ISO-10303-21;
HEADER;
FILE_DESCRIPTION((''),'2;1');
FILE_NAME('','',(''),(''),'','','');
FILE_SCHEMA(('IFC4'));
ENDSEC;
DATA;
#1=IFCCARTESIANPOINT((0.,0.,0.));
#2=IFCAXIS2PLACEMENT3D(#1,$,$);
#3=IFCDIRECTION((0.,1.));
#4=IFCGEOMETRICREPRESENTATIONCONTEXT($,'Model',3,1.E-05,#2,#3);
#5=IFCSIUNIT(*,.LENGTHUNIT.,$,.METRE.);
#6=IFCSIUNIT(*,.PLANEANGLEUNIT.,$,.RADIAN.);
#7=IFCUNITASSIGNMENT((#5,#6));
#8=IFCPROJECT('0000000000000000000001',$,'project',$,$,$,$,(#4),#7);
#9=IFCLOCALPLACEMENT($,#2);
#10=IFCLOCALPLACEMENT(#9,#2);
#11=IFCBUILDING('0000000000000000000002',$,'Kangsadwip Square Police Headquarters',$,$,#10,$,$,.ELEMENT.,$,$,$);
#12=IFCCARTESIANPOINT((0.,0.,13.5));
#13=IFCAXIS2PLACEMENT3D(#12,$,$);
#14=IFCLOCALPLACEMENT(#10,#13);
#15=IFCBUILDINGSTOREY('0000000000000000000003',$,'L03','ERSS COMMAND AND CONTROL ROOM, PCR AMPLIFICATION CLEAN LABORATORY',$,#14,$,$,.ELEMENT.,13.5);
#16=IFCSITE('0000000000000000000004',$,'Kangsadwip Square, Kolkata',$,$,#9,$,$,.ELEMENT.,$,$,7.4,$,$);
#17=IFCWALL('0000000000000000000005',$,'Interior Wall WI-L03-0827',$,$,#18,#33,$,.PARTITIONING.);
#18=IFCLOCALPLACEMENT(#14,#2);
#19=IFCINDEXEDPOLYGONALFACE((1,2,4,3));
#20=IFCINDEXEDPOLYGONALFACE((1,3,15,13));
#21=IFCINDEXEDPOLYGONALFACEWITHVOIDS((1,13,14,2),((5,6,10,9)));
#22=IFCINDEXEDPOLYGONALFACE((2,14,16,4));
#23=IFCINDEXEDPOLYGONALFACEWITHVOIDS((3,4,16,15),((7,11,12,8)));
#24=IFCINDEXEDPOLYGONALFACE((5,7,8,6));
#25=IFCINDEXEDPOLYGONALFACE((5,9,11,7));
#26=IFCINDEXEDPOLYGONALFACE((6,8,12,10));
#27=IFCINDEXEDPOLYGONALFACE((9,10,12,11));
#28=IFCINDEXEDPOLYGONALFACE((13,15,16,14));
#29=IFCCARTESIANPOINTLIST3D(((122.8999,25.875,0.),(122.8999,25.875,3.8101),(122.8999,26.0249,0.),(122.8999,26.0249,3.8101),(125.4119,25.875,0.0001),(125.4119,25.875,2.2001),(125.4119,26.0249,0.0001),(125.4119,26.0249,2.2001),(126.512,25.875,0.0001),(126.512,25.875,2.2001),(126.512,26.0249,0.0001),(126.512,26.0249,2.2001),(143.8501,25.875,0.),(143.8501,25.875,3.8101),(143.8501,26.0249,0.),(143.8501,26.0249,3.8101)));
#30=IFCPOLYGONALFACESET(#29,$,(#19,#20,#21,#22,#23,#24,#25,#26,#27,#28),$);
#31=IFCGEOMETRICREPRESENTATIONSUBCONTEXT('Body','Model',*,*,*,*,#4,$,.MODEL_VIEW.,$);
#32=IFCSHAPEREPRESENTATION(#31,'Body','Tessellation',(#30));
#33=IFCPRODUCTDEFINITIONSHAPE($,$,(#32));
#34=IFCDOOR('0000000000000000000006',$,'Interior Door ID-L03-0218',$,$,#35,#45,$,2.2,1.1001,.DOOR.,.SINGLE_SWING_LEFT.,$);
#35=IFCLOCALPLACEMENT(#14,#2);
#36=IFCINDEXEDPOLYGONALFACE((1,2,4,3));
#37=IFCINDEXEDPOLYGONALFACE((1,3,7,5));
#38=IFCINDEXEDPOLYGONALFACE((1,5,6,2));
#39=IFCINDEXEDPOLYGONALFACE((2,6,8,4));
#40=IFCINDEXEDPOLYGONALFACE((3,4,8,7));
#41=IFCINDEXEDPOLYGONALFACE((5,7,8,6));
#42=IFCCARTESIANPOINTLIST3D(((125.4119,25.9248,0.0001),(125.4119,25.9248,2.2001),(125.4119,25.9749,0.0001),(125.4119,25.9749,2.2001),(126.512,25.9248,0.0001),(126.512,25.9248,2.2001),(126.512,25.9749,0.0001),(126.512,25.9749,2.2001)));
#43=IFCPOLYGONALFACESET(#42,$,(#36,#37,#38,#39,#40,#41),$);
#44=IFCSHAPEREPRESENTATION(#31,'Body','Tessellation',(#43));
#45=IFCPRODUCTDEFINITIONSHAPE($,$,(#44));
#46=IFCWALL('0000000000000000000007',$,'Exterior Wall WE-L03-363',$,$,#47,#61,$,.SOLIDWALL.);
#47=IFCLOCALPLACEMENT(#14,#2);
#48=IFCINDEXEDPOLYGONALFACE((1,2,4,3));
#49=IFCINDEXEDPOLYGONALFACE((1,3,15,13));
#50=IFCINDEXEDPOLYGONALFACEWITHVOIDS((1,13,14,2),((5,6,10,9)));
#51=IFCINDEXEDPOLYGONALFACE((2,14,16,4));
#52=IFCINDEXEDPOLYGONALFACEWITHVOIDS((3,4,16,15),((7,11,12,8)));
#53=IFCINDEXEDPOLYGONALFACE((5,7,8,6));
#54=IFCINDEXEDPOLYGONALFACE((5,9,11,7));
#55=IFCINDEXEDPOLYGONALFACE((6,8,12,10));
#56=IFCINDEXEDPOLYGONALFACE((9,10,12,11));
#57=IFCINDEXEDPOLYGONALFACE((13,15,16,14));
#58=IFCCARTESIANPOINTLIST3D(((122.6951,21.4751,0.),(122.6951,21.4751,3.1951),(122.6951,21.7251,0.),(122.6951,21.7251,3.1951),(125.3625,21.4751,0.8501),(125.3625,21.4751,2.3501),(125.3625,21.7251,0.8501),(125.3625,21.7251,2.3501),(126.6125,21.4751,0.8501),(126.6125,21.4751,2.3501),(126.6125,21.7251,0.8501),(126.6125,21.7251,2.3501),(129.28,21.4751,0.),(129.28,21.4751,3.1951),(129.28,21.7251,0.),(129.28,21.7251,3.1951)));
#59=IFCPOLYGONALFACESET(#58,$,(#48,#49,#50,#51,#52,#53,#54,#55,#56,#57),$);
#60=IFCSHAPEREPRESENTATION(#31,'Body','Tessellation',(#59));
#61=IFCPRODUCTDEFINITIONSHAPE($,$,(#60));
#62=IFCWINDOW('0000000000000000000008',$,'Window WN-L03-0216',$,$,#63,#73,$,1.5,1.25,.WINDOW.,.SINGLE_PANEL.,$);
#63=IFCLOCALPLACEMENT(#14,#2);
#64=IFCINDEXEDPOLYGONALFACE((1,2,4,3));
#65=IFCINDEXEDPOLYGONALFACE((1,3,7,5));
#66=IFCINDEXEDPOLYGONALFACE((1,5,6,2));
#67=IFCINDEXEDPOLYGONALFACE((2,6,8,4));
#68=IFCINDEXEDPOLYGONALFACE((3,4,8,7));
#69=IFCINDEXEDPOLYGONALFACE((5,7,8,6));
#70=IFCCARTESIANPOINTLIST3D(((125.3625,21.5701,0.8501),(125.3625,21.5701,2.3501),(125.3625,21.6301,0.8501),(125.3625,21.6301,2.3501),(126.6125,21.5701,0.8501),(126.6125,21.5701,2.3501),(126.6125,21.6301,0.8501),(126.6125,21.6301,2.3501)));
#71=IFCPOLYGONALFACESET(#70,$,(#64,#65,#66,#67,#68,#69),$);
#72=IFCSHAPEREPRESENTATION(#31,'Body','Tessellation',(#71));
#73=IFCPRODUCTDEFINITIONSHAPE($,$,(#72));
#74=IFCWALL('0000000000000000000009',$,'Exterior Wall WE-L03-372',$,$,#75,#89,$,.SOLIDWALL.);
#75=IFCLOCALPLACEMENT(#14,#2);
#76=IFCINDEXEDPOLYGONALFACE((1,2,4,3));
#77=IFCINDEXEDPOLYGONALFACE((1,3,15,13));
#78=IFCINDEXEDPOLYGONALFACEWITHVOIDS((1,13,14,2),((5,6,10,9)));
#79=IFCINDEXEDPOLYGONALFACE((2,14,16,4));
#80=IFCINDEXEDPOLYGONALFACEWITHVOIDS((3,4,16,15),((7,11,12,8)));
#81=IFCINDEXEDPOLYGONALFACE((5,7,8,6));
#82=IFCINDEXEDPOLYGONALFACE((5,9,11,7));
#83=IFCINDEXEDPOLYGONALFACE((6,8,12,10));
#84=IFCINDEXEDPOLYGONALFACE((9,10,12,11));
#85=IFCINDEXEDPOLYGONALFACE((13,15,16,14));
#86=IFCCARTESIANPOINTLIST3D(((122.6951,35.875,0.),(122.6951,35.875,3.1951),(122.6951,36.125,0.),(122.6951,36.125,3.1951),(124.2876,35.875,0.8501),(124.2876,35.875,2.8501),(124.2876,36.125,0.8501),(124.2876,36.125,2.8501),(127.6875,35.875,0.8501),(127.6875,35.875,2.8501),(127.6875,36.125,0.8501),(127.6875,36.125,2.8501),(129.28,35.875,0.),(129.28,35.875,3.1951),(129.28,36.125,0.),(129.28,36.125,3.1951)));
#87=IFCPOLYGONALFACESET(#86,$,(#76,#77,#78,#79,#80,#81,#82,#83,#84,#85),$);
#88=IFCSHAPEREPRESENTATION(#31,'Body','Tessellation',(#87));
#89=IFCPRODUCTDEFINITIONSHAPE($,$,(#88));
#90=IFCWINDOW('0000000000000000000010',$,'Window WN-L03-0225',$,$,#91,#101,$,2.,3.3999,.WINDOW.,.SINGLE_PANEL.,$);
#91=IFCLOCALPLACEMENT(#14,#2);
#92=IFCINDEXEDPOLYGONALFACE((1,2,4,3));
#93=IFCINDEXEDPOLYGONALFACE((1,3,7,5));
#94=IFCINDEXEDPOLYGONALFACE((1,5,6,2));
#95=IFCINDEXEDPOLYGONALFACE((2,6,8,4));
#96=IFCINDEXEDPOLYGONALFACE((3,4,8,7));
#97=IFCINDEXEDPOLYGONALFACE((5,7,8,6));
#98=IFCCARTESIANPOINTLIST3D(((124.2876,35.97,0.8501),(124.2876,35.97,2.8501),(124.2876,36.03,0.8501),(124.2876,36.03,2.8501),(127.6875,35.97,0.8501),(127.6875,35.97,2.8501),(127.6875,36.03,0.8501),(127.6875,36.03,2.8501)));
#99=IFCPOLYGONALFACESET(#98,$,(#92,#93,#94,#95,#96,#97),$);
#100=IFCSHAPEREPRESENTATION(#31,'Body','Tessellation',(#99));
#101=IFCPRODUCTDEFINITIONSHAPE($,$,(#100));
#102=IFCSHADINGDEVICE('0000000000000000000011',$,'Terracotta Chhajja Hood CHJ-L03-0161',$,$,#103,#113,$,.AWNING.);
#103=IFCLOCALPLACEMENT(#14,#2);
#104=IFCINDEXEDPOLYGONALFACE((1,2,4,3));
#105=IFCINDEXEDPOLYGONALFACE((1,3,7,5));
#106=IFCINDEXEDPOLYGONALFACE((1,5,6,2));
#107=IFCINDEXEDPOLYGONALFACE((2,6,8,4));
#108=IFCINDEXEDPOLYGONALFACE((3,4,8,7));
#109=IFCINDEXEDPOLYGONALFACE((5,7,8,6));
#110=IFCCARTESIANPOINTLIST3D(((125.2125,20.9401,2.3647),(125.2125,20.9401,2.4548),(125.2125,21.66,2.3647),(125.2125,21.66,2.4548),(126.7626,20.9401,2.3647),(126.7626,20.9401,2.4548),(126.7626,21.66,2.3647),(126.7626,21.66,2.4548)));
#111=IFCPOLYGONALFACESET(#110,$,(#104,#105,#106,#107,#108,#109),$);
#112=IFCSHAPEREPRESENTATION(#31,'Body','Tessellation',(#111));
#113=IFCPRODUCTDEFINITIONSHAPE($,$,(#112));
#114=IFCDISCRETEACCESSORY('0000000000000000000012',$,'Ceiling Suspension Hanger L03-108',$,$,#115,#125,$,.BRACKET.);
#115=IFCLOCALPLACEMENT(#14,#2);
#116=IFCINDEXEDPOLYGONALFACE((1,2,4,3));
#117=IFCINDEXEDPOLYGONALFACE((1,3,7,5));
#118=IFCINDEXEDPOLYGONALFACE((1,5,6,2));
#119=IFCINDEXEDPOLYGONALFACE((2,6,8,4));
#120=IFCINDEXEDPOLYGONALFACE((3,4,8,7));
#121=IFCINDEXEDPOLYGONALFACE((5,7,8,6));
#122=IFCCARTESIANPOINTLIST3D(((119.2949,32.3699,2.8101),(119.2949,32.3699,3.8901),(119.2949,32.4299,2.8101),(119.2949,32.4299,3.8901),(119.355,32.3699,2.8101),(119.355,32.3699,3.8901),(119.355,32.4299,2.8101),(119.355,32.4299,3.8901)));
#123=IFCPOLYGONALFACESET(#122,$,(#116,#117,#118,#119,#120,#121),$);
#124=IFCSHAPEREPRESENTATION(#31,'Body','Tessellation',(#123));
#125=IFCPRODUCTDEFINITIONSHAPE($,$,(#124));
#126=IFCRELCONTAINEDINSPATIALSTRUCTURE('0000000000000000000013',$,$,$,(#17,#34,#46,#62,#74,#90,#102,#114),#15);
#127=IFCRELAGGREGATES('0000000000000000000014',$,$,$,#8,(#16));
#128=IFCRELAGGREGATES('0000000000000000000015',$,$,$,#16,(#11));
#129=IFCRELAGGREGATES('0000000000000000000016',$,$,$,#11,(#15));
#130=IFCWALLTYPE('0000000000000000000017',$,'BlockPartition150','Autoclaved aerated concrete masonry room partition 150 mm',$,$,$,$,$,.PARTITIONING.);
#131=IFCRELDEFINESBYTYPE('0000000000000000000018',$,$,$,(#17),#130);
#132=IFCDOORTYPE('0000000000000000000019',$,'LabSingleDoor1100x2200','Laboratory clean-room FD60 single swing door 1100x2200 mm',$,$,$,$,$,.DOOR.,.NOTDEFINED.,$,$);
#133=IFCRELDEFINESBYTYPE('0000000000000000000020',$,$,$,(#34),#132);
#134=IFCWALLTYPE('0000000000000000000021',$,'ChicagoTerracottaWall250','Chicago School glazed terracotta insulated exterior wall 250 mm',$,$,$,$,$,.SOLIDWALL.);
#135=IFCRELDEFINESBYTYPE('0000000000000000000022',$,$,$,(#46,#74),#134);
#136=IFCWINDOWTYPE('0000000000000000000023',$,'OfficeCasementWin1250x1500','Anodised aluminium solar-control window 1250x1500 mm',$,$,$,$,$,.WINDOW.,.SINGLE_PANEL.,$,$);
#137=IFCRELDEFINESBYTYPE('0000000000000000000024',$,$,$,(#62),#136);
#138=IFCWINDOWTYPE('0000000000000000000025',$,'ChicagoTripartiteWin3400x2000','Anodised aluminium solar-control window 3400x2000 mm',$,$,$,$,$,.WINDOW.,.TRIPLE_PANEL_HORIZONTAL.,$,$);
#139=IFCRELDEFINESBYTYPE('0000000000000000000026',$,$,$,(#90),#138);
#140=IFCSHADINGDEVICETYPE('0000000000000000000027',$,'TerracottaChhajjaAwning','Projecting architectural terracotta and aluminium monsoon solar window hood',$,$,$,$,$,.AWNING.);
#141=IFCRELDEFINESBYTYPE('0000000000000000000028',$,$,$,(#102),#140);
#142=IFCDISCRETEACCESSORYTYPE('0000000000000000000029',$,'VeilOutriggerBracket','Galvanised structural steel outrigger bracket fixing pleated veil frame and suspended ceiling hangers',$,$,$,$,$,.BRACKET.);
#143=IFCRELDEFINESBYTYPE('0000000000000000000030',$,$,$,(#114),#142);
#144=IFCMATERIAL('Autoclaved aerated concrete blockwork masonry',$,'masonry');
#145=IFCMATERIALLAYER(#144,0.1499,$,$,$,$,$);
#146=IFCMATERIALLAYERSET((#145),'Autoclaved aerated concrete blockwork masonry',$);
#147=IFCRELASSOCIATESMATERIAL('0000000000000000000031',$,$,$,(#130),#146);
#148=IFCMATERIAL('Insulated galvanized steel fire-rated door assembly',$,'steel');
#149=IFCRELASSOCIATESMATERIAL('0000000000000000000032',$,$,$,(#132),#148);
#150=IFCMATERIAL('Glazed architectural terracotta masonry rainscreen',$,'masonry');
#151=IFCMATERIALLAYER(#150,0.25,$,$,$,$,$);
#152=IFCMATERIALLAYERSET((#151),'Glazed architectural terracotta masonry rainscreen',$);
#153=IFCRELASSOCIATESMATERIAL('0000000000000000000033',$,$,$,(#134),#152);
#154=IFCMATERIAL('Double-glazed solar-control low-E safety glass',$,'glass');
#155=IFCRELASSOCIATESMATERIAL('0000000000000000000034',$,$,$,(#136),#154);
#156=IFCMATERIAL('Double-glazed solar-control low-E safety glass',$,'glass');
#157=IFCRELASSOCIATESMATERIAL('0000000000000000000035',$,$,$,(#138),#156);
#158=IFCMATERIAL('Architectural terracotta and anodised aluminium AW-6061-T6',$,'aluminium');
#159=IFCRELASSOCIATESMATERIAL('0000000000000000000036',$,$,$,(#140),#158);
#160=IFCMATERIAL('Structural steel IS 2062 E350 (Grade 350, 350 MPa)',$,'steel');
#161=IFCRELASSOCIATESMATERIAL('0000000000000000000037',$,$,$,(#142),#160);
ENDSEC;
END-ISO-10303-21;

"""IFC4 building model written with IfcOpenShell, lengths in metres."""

from ifc_helpers import new_model, si_unit, direction, frame, frame_2d, origin, origin_2d, place, context, subcontext, project, spatial, rectangle, extrude, material, layer, layer_set, type_object, element, fill, save


model = new_model("IFC4")

# Units and contexts
model_context = context("Model", 3, precision=1e-05, world=origin(), true_north=direction((0.0, 1.0)))
body_context = subcontext(model_context, "Body", "Model", "MODEL_VIEW")
ifc_project = project(units=[si_unit("LENGTHUNIT", "METRE"), si_unit("PLANEANGLEUNIT", "RADIAN")], contexts=[model_context])

# Site, building, storey
site_placement = place(None, origin())
site = spatial("IfcSite", under=ifc_project, at=site_placement, Name="Kangsadwip Square, Kolkata", CompositionType="ELEMENT", RefElevation=7.4)
building_placement = place(site_placement, origin())
building = spatial("IfcBuilding", under=site, at=building_placement, Name="Kangsadwip Square Police Headquarters", CompositionType="ELEMENT")
storey_placement = place(building_placement, frame((0.0, 0.0, 13.5)))
storey = spatial("IfcBuildingStorey", under=building, at=storey_placement, Name="L03", Description="ERSS COMMAND AND CONTROL ROOM, PCR AMPLIFICATION CLEAN LABORATORY", CompositionType="ELEMENT", Elevation=13.5)

# Wall, opening, door
ifc_material_1 = material(Name="Autoclaved aerated concrete blockwork masonry", Category="masonry")
ifc_layer_1 = layer(ifc_material_1, 0.1499)
ifc_layer_set_1 = layer_set([ifc_layer_1], Name="Autoclaved aerated concrete blockwork masonry")
wall_type_1 = type_object("IfcWallType", Name="BlockPartition150", Description="Autoclaved aerated concrete masonry room partition 150 mm", PredefinedType="PARTITIONING", material=ifc_layer_set_1)
wall_1_placement = place(storey_placement, frame((122.8999, 25.95, 0.0), z_axis=(0.0, 0.0, 1.0), x_axis=(1.0, 0.0, 0.0)))
wall_1 = element("IfcWall", 1, at=wall_1_placement, inside=storey, type_object=wall_type_1, Name="Interior Wall WI-L03-0827", PredefinedType="PARTITIONING", context=body_context, shape_type="SweptSolid", body=[
    extrude(rectangle(XDim=20.9502, YDim=0.1499, at=frame_2d((10.4751, 0.0))), origin(), (0.0, 0.0, 1.0), 3.8101),
])
opening_1_placement = place(wall_1_placement, frame((2.512, 0.0, 0.0)))
opening_1 = element("IfcOpeningElement", 2, at=opening_1_placement, cuts=wall_1, PredefinedType="OPENING", context=body_context, shape_type="SweptSolid", body=[
    extrude(rectangle(XDim=1.1001, YDim=2.2, at=frame_2d((0.55, 1.1001))), frame((0.0, 0.085, 0.0), z_axis=(0.0, -1.0, 0.0), x_axis=(1.0, 0.0, 0.0)), (0.0, 0.0, 1.0), 0.1699),
])
ifc_material_2 = material(Name="Insulated galvanized steel fire-rated door assembly", Category="steel")
door_type = type_object("IfcDoorType", Name="LabSingleDoor1100x2200", Description="Laboratory clean-room FD60 single swing door 1100x2200 mm", OperationType="NOTDEFINED", PredefinedType="DOOR", material=ifc_material_2)
door_placement = place(opening_1_placement, origin())
door = element("IfcDoor", 3, at=door_placement, inside=storey, type_object=door_type, Name="Interior Door ID-L03-0218", OperationType="SINGLE_SWING_LEFT", OverallHeight=2.2, OverallWidth=1.1001, PredefinedType="DOOR", context=body_context, shape_type="SweptSolid", body=[
    extrude(rectangle(XDim=1.1001, YDim=2.2, at=frame_2d((0.55, 1.1001))), frame((0.0, 0.0249, 0.0), z_axis=(0.0, -1.0, 0.0), x_axis=(1.0, 0.0, 0.0)), (0.0, 0.0, 1.0), 0.05),
])
fill(opening_1, door)

# Walls, openings, windows
ifc_material_3 = material(Name="Glazed architectural terracotta masonry rainscreen", Category="masonry")
ifc_layer_2 = layer(ifc_material_3, 0.25)
ifc_layer_set_2 = layer_set([ifc_layer_2], Name="Glazed architectural terracotta masonry rainscreen")
wall_type_2 = type_object("IfcWallType", Name="ChicagoTerracottaWall250", Description="Chicago School glazed terracotta insulated exterior wall 250 mm", PredefinedType="SOLIDWALL", material=ifc_layer_set_2)
wall_2_placement = place(storey_placement, frame((122.6951, 21.6001, 0.0), z_axis=(0.0, 0.0, 1.0), x_axis=(1.0, 0.0, 0.0)))
wall_2 = element("IfcWall", 4, at=wall_2_placement, inside=storey, type_object=wall_type_2, Name="Exterior Wall WE-L03-363", PredefinedType="SOLIDWALL", context=body_context, shape_type="SweptSolid", body=[
    extrude(rectangle(XDim=6.585, YDim=0.25, at=frame_2d((3.2925, 0.0))), origin(), (0.0, 0.0, 1.0), 3.1951),
])
opening_2_placement = place(wall_2_placement, frame((2.6675, 0.0, 0.8501)))
opening_2 = element("IfcOpeningElement", 5, at=opening_2_placement, cuts=wall_2, PredefinedType="OPENING", context=body_context, shape_type="SweptSolid", body=[
    extrude(rectangle(XDim=1.25, YDim=1.5, at=frame_2d((0.625, 0.75))), frame((0.0, 0.135, 0.0), z_axis=(0.0, -1.0, 0.0), x_axis=(1.0, 0.0, 0.0)), (0.0, 0.0, 1.0), 0.27),
])
ifc_material_4 = material(Name="Double-glazed solar-control low-E safety glass", Category="glass")
window_type_1 = type_object("IfcWindowType", Name="OfficeCasementWin1250x1500", Description="Anodised aluminium solar-control window 1250x1500 mm", PartitioningType="SINGLE_PANEL", PredefinedType="WINDOW", material=ifc_material_4)
window_1_placement = place(opening_2_placement, origin())
window_1 = element("IfcWindow", 6, at=window_1_placement, inside=storey, type_object=window_type_1, Name="Window WN-L03-0216", OverallHeight=1.5, OverallWidth=1.25, PartitioningType="SINGLE_PANEL", PredefinedType="WINDOW", context=body_context, shape_type="SweptSolid", body=[
    extrude(rectangle(XDim=1.25, YDim=1.5, at=frame_2d((0.625, 0.75))), frame((0.0, 0.03, 0.0), z_axis=(0.0, -1.0, 0.0), x_axis=(1.0, 0.0, 0.0)), (0.0, 0.0, 1.0), 0.0601),
])
fill(opening_2, window_1)
wall_3_placement = place(storey_placement, frame((122.6951, 36.0, 0.0), z_axis=(0.0, 0.0, 1.0), x_axis=(1.0, 0.0, 0.0)))
wall_3 = element("IfcWall", 7, at=wall_3_placement, inside=storey, type_object=wall_type_2, Name="Exterior Wall WE-L03-372", PredefinedType="SOLIDWALL", context=body_context, shape_type="SweptSolid", body=[
    extrude(rectangle(XDim=6.585, YDim=0.25, at=frame_2d((3.2925, 0.0))), origin(), (0.0, 0.0, 1.0), 3.1951),
])
opening_3_placement = place(wall_3_placement, frame((1.5925, 0.0, 0.8501)))
opening_3 = element("IfcOpeningElement", 8, at=opening_3_placement, cuts=wall_3, PredefinedType="OPENING", context=body_context, shape_type="SweptSolid", body=[
    extrude(rectangle(XDim=3.3999, YDim=2.0, at=frame_2d((1.7, 1.0))), frame((0.0, 0.135, 0.0), z_axis=(0.0, -1.0, 0.0), x_axis=(1.0, 0.0, 0.0)), (0.0, 0.0, 1.0), 0.27),
])
ifc_material_5 = material(Name="Double-glazed solar-control low-E safety glass", Category="glass")
window_type_2 = type_object("IfcWindowType", Name="ChicagoTripartiteWin3400x2000", Description="Anodised aluminium solar-control window 3400x2000 mm", PartitioningType="TRIPLE_PANEL_HORIZONTAL", PredefinedType="WINDOW", material=ifc_material_5)
window_2_placement = place(opening_3_placement, origin())
window_2 = element("IfcWindow", 9, at=window_2_placement, inside=storey, type_object=window_type_2, Name="Window WN-L03-0225", OverallHeight=2.0, OverallWidth=3.3999, PartitioningType="SINGLE_PANEL", PredefinedType="WINDOW", context=body_context, shape_type="SweptSolid", body=[
    extrude(rectangle(XDim=3.3999, YDim=2.0, at=frame_2d((1.7, 1.0))), frame((0.0, 0.03, 0.0), z_axis=(0.0, -1.0, 0.0), x_axis=(1.0, 0.0, 0.0)), (0.0, 0.0, 1.0), 0.0601),
])
fill(opening_3, window_2)

# Shading device
ifc_material_6 = material(Name="Architectural terracotta and anodised aluminium AW-6061-T6", Category="aluminium")
shading_device_type = type_object("IfcShadingDeviceType", Name="TerracottaChhajjaAwning", Description="Projecting architectural terracotta and aluminium monsoon solar window hood", PredefinedType="AWNING", material=ifc_material_6)
shading_device_placement = place(storey_placement, frame((125.9875, 21.3, 2.3647), z_axis=(0.0, 0.0, 1.0), x_axis=(1.0, 0.0, 0.0)))
element("IfcShadingDevice", 10, at=shading_device_placement, inside=storey, type_object=shading_device_type, Name="Terracotta Chhajja Hood CHJ-L03-0161", PredefinedType="AWNING", context=body_context, shape_type="SweptSolid", body=[
    extrude(rectangle(XDim=1.55, YDim=0.72, at=origin_2d()), origin(), (0.0, 0.0, 1.0), 0.0901),
])

# Discrete accessory
ifc_material_7 = material(Name="Structural steel IS 2062 E350 (Grade 350, 350 MPa)", Category="steel")
discrete_accessory_type = type_object("IfcDiscreteAccessoryType", Name="VeilOutriggerBracket", Description="Galvanised structural steel outrigger bracket fixing pleated veil frame and suspended ceiling hangers", PredefinedType="BRACKET", material=ifc_material_7)
discrete_accessory_placement = place(storey_placement, frame((119.325, 32.3999, 2.8101), z_axis=(0.0, 0.0, 1.0), x_axis=(1.0, 0.0, 0.0)))
element("IfcDiscreteAccessory", 11, at=discrete_accessory_placement, inside=storey, type_object=discrete_accessory_type, Name="Ceiling Suspension Hanger L03-108", PredefinedType="BRACKET", context=body_context, shape_type="SweptSolid", body=[
    extrude(rectangle(XDim=0.0601, YDim=0.0601, at=origin_2d()), origin(), (0.0, 0.0, 1.0), 1.0801),
])

save(model, "model.ifc")
